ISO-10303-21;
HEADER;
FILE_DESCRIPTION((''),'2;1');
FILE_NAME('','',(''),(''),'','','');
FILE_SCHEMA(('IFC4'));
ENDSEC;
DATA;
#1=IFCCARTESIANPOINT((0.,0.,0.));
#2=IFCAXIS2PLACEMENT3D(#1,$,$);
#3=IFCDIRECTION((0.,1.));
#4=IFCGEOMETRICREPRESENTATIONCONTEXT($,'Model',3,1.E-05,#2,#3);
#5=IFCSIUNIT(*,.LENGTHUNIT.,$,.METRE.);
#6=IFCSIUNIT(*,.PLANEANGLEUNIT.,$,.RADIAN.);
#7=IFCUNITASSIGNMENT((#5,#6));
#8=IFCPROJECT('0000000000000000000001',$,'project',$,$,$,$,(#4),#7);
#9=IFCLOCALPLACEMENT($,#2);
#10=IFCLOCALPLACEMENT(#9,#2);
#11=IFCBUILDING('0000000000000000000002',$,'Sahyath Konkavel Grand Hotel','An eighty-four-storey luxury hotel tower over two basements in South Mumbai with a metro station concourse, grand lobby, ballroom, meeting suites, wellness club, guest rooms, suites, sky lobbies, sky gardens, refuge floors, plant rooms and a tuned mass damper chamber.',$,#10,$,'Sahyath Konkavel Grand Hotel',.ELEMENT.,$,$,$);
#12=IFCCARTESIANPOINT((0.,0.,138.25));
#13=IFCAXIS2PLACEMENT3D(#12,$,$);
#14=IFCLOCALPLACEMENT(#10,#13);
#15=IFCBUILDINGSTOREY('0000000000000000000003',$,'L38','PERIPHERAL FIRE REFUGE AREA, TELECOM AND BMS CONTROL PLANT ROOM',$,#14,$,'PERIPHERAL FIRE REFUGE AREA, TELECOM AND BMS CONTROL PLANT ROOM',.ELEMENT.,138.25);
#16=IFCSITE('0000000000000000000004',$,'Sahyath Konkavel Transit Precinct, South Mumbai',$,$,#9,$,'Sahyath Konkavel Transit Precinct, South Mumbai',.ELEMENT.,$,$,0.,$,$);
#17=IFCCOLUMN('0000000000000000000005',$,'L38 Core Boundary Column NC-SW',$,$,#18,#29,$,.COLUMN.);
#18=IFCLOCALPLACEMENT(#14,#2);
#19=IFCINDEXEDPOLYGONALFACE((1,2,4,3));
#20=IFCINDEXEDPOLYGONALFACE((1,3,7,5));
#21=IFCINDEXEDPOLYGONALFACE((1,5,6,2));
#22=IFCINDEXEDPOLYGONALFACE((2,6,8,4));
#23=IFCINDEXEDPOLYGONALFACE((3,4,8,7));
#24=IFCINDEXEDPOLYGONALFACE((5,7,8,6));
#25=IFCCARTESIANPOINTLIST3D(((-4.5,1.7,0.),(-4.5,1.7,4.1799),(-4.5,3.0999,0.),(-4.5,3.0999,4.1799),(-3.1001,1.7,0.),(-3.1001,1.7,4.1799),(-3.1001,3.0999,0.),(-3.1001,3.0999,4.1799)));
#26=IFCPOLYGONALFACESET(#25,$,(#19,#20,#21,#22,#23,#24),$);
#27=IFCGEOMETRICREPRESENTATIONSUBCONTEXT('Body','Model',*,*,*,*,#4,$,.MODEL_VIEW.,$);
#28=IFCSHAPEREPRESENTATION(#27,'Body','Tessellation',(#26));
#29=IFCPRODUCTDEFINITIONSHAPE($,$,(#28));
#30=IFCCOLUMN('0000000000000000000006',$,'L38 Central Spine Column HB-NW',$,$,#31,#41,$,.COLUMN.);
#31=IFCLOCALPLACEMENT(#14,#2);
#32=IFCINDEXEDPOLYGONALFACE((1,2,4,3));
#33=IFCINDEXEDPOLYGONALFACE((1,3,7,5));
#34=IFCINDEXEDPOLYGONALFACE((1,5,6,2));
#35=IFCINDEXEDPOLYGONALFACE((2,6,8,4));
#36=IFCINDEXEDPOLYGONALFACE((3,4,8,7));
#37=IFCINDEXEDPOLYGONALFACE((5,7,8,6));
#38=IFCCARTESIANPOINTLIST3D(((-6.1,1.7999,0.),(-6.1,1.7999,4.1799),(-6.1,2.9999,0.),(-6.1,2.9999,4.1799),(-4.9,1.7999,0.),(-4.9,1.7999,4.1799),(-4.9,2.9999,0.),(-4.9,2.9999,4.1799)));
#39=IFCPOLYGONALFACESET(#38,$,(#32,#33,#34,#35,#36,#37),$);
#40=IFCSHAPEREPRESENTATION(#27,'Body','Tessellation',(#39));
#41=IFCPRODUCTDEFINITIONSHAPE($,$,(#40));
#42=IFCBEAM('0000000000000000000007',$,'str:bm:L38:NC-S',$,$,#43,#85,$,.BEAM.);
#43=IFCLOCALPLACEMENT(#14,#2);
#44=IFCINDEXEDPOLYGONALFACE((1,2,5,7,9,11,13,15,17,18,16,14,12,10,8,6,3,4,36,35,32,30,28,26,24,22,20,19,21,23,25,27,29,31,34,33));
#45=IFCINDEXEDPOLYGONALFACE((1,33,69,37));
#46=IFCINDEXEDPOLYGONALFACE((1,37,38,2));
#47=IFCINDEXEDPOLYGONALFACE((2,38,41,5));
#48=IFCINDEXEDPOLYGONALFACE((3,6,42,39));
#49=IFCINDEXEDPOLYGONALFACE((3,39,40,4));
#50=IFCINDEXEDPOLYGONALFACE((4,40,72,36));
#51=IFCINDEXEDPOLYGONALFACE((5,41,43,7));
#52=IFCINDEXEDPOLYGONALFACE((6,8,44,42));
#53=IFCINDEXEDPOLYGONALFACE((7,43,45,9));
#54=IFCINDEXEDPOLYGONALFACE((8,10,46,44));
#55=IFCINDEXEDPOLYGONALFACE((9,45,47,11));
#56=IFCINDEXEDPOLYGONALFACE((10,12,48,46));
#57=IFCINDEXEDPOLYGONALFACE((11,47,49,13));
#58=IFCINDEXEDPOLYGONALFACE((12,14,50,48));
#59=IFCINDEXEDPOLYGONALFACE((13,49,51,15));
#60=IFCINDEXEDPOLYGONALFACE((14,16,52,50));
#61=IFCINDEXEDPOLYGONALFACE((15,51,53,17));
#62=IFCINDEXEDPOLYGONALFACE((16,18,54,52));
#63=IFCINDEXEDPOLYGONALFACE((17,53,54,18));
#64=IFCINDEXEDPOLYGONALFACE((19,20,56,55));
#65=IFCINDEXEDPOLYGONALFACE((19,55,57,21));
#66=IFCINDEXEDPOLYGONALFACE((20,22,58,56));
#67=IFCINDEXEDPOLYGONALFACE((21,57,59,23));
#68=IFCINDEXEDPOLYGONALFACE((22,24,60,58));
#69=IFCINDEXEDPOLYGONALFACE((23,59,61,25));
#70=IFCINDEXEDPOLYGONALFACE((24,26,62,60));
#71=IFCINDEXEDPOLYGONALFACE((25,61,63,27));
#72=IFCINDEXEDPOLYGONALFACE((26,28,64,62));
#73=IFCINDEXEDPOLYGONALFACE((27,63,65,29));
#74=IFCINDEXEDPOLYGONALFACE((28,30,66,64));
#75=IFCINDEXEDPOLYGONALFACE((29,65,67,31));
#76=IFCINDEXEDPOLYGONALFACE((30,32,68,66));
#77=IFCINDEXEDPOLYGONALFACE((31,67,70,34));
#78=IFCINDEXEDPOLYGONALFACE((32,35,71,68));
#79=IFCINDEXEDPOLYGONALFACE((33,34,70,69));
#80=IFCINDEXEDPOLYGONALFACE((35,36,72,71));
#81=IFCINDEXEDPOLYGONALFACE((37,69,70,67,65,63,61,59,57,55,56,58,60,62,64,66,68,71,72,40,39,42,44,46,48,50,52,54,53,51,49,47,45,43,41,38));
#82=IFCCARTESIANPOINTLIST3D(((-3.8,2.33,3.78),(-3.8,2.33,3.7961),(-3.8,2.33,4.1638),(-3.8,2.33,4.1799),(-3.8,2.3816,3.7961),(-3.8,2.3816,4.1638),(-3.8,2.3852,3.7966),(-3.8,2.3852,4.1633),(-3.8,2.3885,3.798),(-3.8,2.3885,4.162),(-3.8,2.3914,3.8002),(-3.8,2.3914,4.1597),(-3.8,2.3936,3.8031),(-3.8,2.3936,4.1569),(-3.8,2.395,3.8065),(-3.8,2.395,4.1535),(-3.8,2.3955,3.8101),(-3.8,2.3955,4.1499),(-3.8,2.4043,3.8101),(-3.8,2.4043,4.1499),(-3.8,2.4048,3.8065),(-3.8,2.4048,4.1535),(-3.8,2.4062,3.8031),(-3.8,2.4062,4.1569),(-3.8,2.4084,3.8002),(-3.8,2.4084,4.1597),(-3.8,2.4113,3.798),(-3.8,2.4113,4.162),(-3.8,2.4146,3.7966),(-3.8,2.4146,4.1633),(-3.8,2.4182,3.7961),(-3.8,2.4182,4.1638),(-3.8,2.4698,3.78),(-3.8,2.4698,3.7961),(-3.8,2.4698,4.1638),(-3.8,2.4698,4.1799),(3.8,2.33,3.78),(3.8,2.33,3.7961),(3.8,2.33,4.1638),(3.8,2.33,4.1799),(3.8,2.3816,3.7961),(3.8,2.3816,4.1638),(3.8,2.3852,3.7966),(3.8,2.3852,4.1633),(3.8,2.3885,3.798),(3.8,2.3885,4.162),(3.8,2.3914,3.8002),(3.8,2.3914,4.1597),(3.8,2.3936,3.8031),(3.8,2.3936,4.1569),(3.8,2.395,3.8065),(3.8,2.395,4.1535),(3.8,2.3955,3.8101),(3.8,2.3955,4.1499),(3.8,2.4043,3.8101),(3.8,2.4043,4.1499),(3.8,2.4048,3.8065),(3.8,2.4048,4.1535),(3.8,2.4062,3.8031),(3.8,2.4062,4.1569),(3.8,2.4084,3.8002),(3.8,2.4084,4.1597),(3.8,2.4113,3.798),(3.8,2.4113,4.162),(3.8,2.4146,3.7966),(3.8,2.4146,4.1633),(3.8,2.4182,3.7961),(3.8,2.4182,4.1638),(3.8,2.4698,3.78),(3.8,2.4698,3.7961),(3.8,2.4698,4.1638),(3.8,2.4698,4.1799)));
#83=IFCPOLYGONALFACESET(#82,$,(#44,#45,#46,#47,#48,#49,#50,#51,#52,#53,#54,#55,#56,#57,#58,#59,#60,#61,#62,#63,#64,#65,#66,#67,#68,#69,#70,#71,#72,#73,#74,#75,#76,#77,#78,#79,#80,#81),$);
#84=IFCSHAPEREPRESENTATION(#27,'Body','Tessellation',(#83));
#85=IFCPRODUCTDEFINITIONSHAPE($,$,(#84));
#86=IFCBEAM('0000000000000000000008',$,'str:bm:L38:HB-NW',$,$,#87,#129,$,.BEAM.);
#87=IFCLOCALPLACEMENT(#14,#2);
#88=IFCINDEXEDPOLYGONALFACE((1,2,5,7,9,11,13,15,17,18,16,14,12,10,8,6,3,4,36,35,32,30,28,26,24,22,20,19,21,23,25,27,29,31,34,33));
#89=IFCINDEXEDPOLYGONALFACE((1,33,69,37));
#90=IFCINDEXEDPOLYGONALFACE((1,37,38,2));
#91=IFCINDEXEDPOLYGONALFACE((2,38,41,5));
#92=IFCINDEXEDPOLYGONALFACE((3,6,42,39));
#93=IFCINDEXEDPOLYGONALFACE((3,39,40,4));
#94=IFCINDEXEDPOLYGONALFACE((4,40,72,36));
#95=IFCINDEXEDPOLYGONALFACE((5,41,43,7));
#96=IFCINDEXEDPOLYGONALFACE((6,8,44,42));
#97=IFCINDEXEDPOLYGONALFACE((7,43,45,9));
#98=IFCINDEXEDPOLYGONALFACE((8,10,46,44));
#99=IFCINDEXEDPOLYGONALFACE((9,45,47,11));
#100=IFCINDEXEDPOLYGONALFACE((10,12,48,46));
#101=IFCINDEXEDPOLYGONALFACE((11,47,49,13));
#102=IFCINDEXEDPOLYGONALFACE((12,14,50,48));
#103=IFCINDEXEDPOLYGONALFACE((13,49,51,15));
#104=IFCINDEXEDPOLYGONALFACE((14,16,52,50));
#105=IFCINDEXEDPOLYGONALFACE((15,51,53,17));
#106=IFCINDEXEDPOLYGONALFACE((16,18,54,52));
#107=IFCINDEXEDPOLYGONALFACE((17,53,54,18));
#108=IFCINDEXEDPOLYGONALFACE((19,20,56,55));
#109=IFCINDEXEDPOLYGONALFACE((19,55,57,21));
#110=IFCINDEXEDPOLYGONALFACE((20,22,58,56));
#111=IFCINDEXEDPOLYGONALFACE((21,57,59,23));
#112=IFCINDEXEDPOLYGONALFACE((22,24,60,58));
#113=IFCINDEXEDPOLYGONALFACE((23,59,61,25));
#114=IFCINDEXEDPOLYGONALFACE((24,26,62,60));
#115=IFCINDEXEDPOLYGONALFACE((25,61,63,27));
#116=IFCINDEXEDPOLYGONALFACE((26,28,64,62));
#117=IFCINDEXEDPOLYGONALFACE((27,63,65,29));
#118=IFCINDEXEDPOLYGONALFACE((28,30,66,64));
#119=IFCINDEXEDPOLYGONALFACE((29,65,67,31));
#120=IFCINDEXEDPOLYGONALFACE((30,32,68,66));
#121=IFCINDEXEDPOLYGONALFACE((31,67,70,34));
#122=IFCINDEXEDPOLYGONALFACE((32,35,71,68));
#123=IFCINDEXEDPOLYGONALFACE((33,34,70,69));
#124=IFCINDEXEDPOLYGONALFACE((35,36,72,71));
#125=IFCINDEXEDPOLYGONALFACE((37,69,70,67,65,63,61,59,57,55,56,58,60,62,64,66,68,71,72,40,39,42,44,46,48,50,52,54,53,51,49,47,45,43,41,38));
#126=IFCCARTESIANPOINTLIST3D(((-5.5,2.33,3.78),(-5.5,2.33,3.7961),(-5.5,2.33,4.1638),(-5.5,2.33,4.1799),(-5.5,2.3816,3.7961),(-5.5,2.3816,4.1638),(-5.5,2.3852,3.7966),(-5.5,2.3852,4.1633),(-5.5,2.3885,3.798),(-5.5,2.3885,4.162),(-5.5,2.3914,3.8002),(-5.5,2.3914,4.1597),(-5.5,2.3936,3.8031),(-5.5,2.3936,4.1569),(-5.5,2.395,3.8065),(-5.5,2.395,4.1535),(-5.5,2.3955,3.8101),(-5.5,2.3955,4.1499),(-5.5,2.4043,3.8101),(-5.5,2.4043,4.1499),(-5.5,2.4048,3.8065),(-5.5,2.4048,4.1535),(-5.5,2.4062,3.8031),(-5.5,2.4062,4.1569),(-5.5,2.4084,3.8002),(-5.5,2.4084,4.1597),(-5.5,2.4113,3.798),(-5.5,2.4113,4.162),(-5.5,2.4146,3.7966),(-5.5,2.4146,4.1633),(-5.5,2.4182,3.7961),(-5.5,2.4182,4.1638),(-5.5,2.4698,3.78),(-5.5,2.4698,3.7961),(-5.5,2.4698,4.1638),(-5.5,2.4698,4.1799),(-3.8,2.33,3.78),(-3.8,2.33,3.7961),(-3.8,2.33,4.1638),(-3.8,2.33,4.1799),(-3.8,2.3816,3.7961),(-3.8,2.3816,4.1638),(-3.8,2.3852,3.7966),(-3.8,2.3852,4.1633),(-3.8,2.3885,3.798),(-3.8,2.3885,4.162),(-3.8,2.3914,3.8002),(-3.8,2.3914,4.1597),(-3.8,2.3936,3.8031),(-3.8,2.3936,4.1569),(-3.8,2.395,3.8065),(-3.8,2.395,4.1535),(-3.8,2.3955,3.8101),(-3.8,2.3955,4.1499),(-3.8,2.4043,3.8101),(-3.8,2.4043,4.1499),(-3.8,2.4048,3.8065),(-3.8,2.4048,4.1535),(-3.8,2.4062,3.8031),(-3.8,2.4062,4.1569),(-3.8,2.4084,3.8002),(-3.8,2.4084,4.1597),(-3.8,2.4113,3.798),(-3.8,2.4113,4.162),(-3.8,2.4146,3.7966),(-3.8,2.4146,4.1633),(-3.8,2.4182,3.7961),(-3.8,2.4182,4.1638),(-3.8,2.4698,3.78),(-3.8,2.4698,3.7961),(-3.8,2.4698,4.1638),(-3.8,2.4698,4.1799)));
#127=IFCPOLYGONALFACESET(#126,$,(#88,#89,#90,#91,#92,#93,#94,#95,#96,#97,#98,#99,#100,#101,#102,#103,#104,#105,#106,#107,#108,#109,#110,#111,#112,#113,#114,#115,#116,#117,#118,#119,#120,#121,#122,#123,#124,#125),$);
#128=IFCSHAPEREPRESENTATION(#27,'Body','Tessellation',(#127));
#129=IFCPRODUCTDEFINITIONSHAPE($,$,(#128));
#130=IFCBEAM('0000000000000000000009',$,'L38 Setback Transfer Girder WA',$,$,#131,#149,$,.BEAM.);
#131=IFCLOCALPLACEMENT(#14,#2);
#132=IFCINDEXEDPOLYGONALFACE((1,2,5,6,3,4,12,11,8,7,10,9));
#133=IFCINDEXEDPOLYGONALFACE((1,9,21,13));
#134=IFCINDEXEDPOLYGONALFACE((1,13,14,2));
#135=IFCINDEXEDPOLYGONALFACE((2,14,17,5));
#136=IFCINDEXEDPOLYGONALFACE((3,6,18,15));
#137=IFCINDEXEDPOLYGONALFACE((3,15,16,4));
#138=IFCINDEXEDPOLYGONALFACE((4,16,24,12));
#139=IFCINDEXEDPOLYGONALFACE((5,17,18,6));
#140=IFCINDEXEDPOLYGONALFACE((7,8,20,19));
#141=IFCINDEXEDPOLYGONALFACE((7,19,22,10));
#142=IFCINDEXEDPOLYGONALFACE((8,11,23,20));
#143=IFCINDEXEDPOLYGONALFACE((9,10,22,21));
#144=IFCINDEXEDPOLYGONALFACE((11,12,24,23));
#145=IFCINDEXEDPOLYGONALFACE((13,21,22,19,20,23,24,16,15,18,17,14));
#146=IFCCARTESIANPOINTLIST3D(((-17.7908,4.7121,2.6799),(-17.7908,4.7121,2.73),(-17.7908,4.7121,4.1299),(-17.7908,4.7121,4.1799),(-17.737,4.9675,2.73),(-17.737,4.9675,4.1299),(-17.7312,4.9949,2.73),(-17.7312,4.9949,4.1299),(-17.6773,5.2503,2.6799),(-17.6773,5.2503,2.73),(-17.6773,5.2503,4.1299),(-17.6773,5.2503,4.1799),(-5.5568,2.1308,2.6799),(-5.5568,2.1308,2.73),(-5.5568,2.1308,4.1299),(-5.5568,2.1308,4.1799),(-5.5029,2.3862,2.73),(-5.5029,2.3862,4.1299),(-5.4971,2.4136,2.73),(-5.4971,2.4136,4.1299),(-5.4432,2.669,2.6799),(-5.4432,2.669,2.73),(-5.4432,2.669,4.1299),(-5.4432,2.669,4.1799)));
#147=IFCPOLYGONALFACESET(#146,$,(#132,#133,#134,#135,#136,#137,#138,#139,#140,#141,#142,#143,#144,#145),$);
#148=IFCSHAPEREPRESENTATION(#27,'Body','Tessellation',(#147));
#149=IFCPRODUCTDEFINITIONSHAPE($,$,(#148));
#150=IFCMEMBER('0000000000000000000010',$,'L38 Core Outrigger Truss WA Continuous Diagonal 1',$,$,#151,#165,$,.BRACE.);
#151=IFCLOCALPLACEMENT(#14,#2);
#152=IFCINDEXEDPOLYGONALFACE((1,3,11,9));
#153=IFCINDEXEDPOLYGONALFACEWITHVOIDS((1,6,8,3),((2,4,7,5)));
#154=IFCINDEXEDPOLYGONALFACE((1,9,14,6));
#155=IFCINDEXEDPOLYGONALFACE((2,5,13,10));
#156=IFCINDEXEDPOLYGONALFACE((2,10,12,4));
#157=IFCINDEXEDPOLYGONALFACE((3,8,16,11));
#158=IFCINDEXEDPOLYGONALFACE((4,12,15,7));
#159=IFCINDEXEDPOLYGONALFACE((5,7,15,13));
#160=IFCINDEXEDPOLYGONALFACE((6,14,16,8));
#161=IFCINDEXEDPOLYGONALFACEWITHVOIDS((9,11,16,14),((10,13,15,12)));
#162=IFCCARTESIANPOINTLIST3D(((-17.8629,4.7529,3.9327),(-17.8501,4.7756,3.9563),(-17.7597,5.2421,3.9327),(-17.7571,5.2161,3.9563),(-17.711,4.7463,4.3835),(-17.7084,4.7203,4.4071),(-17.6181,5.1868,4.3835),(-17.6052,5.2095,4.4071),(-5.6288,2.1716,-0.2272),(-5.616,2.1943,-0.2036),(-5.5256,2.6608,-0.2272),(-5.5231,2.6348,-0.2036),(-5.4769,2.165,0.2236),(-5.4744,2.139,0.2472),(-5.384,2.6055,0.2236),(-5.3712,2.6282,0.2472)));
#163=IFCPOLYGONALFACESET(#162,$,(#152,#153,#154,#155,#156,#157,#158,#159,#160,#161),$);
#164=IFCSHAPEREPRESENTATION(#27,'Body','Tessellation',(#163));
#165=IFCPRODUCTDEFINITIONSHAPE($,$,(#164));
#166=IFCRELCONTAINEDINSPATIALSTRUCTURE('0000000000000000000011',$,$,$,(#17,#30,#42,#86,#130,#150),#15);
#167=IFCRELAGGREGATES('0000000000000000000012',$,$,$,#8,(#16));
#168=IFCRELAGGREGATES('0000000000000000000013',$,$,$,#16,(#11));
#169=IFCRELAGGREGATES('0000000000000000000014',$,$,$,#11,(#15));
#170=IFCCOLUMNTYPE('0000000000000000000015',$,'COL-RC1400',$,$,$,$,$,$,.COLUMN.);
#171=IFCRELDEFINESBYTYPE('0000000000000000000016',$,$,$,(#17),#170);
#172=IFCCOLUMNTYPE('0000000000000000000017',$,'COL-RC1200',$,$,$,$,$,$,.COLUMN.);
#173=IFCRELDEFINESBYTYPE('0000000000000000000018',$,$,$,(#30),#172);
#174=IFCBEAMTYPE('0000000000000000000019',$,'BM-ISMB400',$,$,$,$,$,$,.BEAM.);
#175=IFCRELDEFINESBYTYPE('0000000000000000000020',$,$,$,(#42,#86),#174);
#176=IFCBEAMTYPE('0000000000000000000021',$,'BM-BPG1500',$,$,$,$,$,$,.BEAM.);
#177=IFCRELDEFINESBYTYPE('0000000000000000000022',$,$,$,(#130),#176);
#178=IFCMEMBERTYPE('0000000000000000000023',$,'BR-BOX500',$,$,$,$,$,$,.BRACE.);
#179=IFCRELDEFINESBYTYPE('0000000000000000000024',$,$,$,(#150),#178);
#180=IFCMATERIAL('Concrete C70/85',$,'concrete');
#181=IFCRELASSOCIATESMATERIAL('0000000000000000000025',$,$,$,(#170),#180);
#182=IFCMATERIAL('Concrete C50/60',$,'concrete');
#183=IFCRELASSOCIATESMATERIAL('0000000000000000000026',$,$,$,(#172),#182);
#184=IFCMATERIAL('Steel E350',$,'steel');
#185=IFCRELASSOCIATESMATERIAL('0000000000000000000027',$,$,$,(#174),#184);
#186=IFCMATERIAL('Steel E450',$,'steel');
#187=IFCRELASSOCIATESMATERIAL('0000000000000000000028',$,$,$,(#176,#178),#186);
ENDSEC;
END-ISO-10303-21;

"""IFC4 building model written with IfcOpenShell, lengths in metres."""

from ifc_helpers import new_model, si_unit, direction, frame, origin, origin_2d, place, context, subcontext, project, spatial, rectangle, hollow_rectangle, i_section, extrude, source, transform, mapped, material, material_profile, profile_set, type_object, element, save


model = new_model("IFC4")

# Units and contexts
model_context = context("Model", 3, precision=1e-05, world=origin(), true_north=direction((0.0, 1.0)))
body_context = subcontext(model_context, "Body", "Model", "MODEL_VIEW")
ifc_project = project(units=[si_unit("LENGTHUNIT", "METRE"), si_unit("PLANEANGLEUNIT", "RADIAN")], contexts=[model_context])

# Site, building, storey
site_placement = place(None, origin())
site = spatial("IfcSite", under=ifc_project, at=site_placement, Name="Sahyath Konkavel Transit Precinct, South Mumbai", LongName="Sahyath Konkavel Transit Precinct, South Mumbai", CompositionType="ELEMENT", RefElevation=0.0)
building_placement = place(site_placement, origin())
building = spatial("IfcBuilding", under=site, at=building_placement, Name="Sahyath Konkavel Grand Hotel", Description="An eighty-four-storey luxury hotel tower over two basements in South Mumbai with a metro station concourse, grand lobby, ballroom, meeting suites, wellness club, guest rooms, suites, sky lobbies, sky gardens, refuge floors, plant rooms and a tuned mass damper chamber.", LongName="Sahyath Konkavel Grand Hotel", CompositionType="ELEMENT")
storey_placement = place(building_placement, frame((0.0, 0.0, 138.25)))
storey = spatial("IfcBuildingStorey", under=building, at=storey_placement, Name="L38", Description="PERIPHERAL FIRE REFUGE AREA, TELECOM AND BMS CONTROL PLANT ROOM", LongName="PERIPHERAL FIRE REFUGE AREA, TELECOM AND BMS CONTROL PLANT ROOM", CompositionType="ELEMENT", Elevation=138.25)

# Columns
ifc_material_1 = material(Name="Concrete C70/85", Category="concrete")
ifc_material_profile_1 = material_profile(ifc_material_1, rectangle(XDim=1.3999, YDim=1.3999, at=origin_2d()), Name="RC 1400x1400")
ifc_profile_set_1 = profile_set([ifc_material_profile_1], Name="Concrete C70/85")
column_type_1 = type_object("IfcColumnType", Name="COL-RC1400", PredefinedType="COLUMN", material=ifc_profile_set_1)
shared_shape_1 = source(origin(), body_context, "Body", "SweptSolid", [
    extrude(rectangle(XDim=1.3999, YDim=1.3999, at=origin_2d()), origin(), (0.0, 0.0, 1.0), 4.1799),
])
column_1_placement = place(storey_placement, frame((-3.8, 2.3999, 0.0), z_axis=(0.0, 0.0, 1.0), x_axis=(1.0, 0.0, 0.0)))
element("IfcColumn", 1, at=column_1_placement, inside=storey, type_object=column_type_1, Name="L38 Core Boundary Column NC-SW", PredefinedType="COLUMN", context=body_context, shape_type="MappedRepresentation", body=[
    mapped(shared_shape_1, transform((0.0, 0.0, 0.0), scale=1.0)),
])
ifc_material_2 = material(Name="Concrete C50/60", Category="concrete")
ifc_material_profile_2 = material_profile(ifc_material_2, rectangle(XDim=1.2, YDim=1.2, at=origin_2d()), Name="RC 1200x1200")
ifc_profile_set_2 = profile_set([ifc_material_profile_2], Name="Concrete C50/60")
column_type_2 = type_object("IfcColumnType", Name="COL-RC1200", PredefinedType="COLUMN", material=ifc_profile_set_2)
shared_shape_2 = source(origin(), body_context, "Body", "SweptSolid", [
    extrude(rectangle(XDim=1.2, YDim=1.2, at=origin_2d()), origin(), (0.0, 0.0, 1.0), 4.1799),
])
column_2_placement = place(storey_placement, frame((-5.5, 2.3999, 0.0), z_axis=(0.0, 0.0, 1.0), x_axis=(1.0, 0.0, 0.0)))
element("IfcColumn", 2, at=column_2_placement, inside=storey, type_object=column_type_2, Name="L38 Central Spine Column HB-NW", PredefinedType="COLUMN", context=body_context, shape_type="MappedRepresentation", body=[
    mapped(shared_shape_2, transform((0.0, 0.0, 0.0), scale=1.0)),
])

# Beams
ifc_material_3 = material(Name="Steel E350", Category="steel")
ifc_material_profile_3 = material_profile(ifc_material_3, i_section(OverallWidth=0.1399, OverallDepth=0.3999, WebThickness=0.0088, FlangeThickness=0.0161, FilletRadius=0.0139, at=origin_2d()), Name="ISMB 400")
ifc_profile_set_3 = profile_set([ifc_material_profile_3], Name="Steel E350")
beam_type_1 = type_object("IfcBeamType", Name="BM-ISMB400", PredefinedType="BEAM", material=ifc_profile_set_3)
shared_shape_3 = source(origin(), body_context, "Body", "SweptSolid", [
    extrude(i_section(OverallWidth=0.1399, OverallDepth=0.3999, WebThickness=0.0088, FlangeThickness=0.0161, FilletRadius=0.0139, at=origin_2d()), origin(), (0.0, 0.0, 1.0), 7.6001),
])
beam_1_placement = place(storey_placement, frame((-3.8, 2.3999, 3.98), z_axis=(1.0, 0.0, 0.0), x_axis=(0.0, 1.0, 0.0)))
element("IfcBeam", 3, at=beam_1_placement, inside=storey, type_object=beam_type_1, Name="str:bm:L38:NC-S", PredefinedType="BEAM", context=body_context, shape_type="MappedRepresentation", body=[
    mapped(shared_shape_3, transform((0.0, 0.0, 0.0), scale=1.0)),
])
shared_shape_4 = source(origin(), body_context, "Body", "SweptSolid", [
    extrude(i_section(OverallWidth=0.1399, OverallDepth=0.3999, WebThickness=0.0088, FlangeThickness=0.0161, FilletRadius=0.0139, at=origin_2d()), origin(), (0.0, 0.0, 1.0), 1.7),
])
beam_2_placement = place(storey_placement, frame((-5.5, 2.3999, 3.98), z_axis=(1.0, 0.0, 0.0), x_axis=(0.0, 1.0, 0.0)))
element("IfcBeam", 4, at=beam_2_placement, inside=storey, type_object=beam_type_1, Name="str:bm:L38:HB-NW", PredefinedType="BEAM", context=body_context, shape_type="MappedRepresentation", body=[
    mapped(shared_shape_4, transform((0.0, 0.0, 0.0), scale=1.0)),
])
ifc_material_4 = material(Name="Steel E450", Category="steel")
ifc_material_profile_4 = material_profile(ifc_material_4, i_section(OverallWidth=0.55, OverallDepth=1.5, WebThickness=0.0281, FlangeThickness=0.05, at=origin_2d()), Name="BPG 1500x550")
ifc_profile_set_4 = profile_set([ifc_material_profile_4], Name="Steel E450")
beam_type_2 = type_object("IfcBeamType", Name="BM-BPG1500", PredefinedType="BEAM", material=ifc_profile_set_4)
shared_shape_5 = source(origin(), body_context, "Body", "SweptSolid", [
    extrude(i_section(OverallWidth=0.55, OverallDepth=1.5, WebThickness=0.0281, FlangeThickness=0.05, at=origin_2d()), origin(), (0.0, 0.0, 1.0), 12.5034),
])
beam_3_placement = place(storey_placement, frame((-5.5, 2.3999, 3.4299), z_axis=(-0.978458, 0.206446, 0.0), x_axis=(-0.206446, -0.978458, 0.0)))
element("IfcBeam", 5, at=beam_3_placement, inside=storey, type_object=beam_type_2, Name="L38 Setback Transfer Girder WA", PredefinedType="BEAM", context=body_context, shape_type="MappedRepresentation", body=[
    mapped(shared_shape_5, transform((0.0, 0.0, 0.0), scale=1.0)),
])

# Member
ifc_material_profile_5 = material_profile(ifc_material_4, hollow_rectangle(XDim=0.5, YDim=0.5, WallThickness=0.0249, at=origin_2d()), Name="BOX 500x500x25")
ifc_profile_set_5 = profile_set([ifc_material_profile_5], Name="Steel E450")
member_type_1 = type_object("IfcMemberType", Name="BR-BOX500", PredefinedType="BRACE", material=ifc_profile_set_5)
shared_shape_6 = source(origin(), body_context, "Body", "SweptSolid", [
    extrude(hollow_rectangle(XDim=0.5, YDim=0.5, WallThickness=0.0249, at=origin_2d()), origin(), (0.0, 0.0, 1.0), 13.1772),
])
member_1_placement = place(storey_placement, frame((-5.5, 2.3999, 0.01), z_axis=(-0.928423, 0.195889, 0.315687), x_axis=(-0.206446, -0.978458, 0.0)))
element("IfcMember", 6, at=member_1_placement, inside=storey, type_object=member_type_1, Name="L38 Core Outrigger Truss WA Continuous Diagonal 1", PredefinedType="BRACE", context=body_context, shape_type="MappedRepresentation", body=[
    mapped(shared_shape_6, transform((0.0, 0.0, 0.0), scale=1.0)),
])

save(model, "model.ifc")
